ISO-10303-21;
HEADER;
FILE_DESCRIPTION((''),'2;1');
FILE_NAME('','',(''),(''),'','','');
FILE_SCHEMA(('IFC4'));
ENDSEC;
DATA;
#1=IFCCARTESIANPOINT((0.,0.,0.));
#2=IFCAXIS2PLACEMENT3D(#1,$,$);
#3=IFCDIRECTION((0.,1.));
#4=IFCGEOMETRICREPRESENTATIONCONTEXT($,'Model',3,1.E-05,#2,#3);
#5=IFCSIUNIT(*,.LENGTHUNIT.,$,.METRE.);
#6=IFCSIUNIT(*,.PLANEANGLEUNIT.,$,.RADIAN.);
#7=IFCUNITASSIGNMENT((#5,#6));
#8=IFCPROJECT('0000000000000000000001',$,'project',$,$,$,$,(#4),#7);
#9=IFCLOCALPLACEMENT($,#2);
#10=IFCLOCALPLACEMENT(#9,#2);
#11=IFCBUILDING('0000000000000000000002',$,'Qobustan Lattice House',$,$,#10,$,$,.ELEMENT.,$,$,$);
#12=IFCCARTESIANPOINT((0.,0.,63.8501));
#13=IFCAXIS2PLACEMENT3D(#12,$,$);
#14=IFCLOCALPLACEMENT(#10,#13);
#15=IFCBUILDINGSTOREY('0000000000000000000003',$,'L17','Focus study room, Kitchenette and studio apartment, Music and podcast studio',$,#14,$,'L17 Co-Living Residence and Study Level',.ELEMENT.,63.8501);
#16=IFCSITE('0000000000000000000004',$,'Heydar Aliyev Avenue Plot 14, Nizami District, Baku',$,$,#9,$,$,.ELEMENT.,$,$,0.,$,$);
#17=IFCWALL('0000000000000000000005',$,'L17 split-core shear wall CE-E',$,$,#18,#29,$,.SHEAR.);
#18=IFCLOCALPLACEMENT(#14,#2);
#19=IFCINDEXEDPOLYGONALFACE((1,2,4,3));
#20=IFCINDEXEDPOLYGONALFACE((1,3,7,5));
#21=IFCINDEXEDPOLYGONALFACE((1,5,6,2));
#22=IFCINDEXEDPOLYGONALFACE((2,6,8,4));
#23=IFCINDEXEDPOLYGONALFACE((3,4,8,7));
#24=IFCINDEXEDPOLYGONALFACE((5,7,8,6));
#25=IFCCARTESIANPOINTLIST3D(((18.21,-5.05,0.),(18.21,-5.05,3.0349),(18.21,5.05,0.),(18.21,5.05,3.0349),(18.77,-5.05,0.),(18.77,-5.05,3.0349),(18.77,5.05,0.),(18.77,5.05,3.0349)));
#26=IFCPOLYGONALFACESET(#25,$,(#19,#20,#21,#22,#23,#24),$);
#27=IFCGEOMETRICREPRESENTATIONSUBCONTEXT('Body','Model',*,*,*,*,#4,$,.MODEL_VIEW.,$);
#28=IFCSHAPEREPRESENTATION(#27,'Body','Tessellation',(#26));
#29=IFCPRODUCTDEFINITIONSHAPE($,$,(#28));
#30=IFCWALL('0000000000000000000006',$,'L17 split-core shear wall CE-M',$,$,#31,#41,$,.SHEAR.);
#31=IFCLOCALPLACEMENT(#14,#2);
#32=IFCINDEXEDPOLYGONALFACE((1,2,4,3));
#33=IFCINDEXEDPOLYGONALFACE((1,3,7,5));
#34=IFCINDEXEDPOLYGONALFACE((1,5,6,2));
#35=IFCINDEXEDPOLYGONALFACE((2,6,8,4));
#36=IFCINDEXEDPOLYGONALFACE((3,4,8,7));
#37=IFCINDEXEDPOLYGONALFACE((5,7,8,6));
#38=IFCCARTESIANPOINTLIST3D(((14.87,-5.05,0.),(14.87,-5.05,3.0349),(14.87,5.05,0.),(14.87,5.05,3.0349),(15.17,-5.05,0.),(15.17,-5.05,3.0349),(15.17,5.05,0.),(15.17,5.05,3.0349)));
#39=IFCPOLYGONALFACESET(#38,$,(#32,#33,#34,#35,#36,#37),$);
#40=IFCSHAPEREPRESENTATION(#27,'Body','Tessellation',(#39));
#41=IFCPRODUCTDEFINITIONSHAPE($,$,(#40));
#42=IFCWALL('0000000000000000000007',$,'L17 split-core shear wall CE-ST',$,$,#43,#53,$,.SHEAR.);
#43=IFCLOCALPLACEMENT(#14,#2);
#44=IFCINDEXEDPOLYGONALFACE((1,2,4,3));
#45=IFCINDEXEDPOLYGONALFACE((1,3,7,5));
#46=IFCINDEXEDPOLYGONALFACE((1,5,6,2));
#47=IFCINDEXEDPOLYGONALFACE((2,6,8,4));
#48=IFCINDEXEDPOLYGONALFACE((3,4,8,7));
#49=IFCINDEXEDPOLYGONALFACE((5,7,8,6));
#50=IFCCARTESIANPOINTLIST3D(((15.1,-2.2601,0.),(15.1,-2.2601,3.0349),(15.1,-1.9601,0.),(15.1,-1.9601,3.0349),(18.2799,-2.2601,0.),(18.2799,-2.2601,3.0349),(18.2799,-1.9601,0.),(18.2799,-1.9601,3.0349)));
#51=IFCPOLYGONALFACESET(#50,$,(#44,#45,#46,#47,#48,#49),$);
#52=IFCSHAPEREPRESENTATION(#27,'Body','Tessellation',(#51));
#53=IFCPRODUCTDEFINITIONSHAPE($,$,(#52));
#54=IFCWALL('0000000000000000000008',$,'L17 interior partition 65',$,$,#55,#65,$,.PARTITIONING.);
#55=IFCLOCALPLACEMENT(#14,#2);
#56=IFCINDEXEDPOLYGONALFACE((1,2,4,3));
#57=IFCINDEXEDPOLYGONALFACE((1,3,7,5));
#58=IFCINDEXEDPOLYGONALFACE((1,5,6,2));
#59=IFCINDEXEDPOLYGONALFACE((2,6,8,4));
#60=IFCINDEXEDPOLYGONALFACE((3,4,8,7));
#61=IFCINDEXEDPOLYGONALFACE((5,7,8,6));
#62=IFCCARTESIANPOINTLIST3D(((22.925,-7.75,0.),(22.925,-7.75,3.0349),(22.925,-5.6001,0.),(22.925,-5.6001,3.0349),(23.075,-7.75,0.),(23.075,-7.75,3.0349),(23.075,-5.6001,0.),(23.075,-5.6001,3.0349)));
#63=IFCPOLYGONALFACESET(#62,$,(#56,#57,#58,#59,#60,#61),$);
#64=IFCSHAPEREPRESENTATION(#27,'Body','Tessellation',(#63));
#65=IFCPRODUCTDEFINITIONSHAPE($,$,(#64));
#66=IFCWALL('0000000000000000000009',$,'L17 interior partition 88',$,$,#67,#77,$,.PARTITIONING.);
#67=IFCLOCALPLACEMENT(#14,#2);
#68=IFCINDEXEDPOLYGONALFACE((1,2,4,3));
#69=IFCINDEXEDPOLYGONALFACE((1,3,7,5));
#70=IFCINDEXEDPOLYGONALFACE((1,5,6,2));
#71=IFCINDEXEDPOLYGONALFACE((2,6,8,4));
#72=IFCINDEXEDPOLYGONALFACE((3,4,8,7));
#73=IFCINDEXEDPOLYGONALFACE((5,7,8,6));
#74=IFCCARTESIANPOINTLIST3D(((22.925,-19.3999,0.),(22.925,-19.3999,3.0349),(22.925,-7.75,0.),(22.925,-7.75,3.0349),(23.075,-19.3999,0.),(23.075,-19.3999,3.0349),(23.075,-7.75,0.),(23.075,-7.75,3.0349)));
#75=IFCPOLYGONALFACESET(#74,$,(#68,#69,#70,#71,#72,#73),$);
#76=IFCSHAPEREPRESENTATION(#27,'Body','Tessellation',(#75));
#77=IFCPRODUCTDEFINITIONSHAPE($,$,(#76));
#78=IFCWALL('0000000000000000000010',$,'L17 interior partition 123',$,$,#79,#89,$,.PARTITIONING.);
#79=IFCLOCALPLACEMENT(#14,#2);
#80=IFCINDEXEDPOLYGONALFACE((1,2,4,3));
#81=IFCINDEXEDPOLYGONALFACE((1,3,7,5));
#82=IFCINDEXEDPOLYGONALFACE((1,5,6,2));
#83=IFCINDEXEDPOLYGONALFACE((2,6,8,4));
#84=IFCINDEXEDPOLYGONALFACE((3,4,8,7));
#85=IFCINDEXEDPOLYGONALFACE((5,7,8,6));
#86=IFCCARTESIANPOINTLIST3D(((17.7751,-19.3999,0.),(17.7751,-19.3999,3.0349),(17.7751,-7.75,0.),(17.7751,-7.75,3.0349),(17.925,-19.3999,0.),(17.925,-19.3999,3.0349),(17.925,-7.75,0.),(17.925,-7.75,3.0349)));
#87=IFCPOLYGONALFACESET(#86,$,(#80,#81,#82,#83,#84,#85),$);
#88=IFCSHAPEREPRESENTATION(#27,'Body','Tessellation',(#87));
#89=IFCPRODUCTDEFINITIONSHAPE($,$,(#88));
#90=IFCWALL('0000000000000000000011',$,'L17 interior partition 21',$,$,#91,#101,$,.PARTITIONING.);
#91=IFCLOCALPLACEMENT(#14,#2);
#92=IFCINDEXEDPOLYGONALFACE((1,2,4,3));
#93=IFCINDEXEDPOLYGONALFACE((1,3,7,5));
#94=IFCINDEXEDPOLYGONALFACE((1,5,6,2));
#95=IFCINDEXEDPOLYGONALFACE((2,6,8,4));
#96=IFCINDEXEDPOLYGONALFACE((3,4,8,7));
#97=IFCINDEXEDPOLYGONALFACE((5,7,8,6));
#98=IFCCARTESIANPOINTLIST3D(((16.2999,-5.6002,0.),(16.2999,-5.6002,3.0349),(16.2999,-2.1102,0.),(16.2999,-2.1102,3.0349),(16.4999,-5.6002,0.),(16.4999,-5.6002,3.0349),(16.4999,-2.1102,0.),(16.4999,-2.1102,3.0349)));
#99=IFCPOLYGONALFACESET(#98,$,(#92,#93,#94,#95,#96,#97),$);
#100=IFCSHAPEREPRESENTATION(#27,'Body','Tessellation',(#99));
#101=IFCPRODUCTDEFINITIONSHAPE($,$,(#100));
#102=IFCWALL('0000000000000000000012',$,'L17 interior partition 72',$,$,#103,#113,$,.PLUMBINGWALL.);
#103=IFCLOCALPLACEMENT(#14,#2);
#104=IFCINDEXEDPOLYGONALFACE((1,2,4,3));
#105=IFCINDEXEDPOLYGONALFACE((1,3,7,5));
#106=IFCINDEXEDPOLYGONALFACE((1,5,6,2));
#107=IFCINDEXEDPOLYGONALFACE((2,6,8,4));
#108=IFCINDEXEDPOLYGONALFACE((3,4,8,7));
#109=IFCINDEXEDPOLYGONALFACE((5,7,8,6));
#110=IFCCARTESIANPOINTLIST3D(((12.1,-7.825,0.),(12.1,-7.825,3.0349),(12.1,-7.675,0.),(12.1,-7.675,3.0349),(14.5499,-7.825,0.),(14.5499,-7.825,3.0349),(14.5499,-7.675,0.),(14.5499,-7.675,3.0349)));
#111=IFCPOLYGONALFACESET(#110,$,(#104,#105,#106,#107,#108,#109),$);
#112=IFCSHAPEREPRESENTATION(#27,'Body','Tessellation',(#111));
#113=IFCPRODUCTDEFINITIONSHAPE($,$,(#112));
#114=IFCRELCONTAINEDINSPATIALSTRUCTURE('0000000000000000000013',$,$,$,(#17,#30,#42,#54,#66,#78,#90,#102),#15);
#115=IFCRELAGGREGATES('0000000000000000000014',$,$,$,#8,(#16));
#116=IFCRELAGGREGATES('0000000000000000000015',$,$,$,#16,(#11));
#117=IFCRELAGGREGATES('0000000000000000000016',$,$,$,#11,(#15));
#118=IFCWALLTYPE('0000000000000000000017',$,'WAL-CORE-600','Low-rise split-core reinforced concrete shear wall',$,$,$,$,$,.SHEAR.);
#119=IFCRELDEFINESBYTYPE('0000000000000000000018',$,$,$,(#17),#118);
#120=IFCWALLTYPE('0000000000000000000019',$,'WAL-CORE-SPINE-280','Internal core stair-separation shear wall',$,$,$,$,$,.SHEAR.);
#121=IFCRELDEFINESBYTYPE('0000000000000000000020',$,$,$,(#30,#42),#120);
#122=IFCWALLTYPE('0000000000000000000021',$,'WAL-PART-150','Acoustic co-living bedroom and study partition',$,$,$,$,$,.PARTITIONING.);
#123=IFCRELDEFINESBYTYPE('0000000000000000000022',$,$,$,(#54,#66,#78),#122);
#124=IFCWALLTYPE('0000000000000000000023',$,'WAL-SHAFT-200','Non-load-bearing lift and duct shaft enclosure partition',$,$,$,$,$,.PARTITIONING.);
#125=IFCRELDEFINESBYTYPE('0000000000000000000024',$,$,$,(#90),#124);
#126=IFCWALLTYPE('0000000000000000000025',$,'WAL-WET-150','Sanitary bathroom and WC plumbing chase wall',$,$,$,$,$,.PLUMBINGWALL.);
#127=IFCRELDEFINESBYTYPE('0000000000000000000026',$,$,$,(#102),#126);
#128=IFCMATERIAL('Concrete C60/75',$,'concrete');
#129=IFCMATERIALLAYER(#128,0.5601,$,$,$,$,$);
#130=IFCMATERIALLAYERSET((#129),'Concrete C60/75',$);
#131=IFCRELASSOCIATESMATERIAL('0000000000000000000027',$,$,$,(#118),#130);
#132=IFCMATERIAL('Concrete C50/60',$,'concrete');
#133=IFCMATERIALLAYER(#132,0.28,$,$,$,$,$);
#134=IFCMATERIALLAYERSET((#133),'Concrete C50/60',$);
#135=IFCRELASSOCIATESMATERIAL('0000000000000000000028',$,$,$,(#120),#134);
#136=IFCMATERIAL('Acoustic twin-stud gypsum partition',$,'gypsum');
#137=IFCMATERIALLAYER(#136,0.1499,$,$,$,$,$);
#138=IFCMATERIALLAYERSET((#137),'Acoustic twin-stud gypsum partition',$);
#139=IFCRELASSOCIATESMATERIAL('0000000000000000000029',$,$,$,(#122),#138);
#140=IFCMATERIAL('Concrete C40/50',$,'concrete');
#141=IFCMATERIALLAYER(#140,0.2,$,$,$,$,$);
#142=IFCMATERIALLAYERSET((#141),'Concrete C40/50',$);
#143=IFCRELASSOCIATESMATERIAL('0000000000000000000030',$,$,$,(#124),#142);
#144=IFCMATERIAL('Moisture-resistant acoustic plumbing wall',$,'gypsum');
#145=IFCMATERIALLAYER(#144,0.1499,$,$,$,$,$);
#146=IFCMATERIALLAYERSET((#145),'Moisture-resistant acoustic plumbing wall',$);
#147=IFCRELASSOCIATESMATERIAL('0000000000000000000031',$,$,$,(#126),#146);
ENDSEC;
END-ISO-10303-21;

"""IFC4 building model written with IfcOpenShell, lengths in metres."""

from ifc_helpers import new_model, si_unit, direction, frame, frame_2d, origin, place, context, subcontext, project, spatial, rectangle, extrude, material, layer, layer_set, type_object, element, save


model = new_model("IFC4")

# Units and contexts
model_context = context("Model", 3, precision=1e-05, world=origin(), true_north=direction((0.0, 1.0)))
body_context = subcontext(model_context, "Body", "Model", "MODEL_VIEW")
ifc_project = project(units=[si_unit("LENGTHUNIT", "METRE"), si_unit("PLANEANGLEUNIT", "RADIAN")], contexts=[model_context])

# Site, building, storey
site_placement = place(None, origin())
site = spatial("IfcSite", under=ifc_project, at=site_placement, Name="Heydar Aliyev Avenue Plot 14, Nizami District, Baku", CompositionType="ELEMENT", RefElevation=0.0)
building_placement = place(site_placement, origin())
building = spatial("IfcBuilding", under=site, at=building_placement, Name="Qobustan Lattice House", CompositionType="ELEMENT")
storey_placement = place(building_placement, frame((0.0, 0.0, 63.8501)))
storey = spatial("IfcBuildingStorey", under=building, at=storey_placement, Name="L17", Description="Focus study room, Kitchenette and studio apartment, Music and podcast studio", LongName="L17 Co-Living Residence and Study Level", CompositionType="ELEMENT", Elevation=63.8501)

# Walls
ifc_material_1 = material(Name="Concrete C60/75", Category="concrete")
ifc_layer_1 = layer(ifc_material_1, 0.5601)
ifc_layer_set_1 = layer_set([ifc_layer_1], Name="Concrete C60/75")
wall_type_1 = type_object("IfcWallType", Name="WAL-CORE-600", Description="Low-rise split-core reinforced concrete shear wall", PredefinedType="SHEAR", material=ifc_layer_set_1)
wall_1_placement = place(storey_placement, frame((18.49, -5.05, 0.0), z_axis=(0.0, 0.0, 1.0), x_axis=(0.0, 1.0, 0.0)))
element("IfcWall", 1, at=wall_1_placement, inside=storey, type_object=wall_type_1, Name="L17 split-core shear wall CE-E", PredefinedType="SHEAR", context=body_context, shape_type="SweptSolid", body=[
    extrude(rectangle(XDim=10.1001, YDim=0.5601, at=frame_2d((5.05, 0.0))), origin(), (0.0, 0.0, 1.0), 3.0349),
])
ifc_material_2 = material(Name="Concrete C50/60", Category="concrete")
ifc_layer_2 = layer(ifc_material_2, 0.28)
ifc_layer_set_2 = layer_set([ifc_layer_2], Name="Concrete C50/60")
wall_type_2 = type_object("IfcWallType", Name="WAL-CORE-SPINE-280", Description="Internal core stair-separation shear wall", PredefinedType="SHEAR", material=ifc_layer_set_2)
wall_2_placement = place(storey_placement, frame((15.02, -5.05, 0.0), z_axis=(0.0, 0.0, 1.0), x_axis=(0.0, 1.0, 0.0)))
element("IfcWall", 2, at=wall_2_placement, inside=storey, type_object=wall_type_2, Name="L17 split-core shear wall CE-M", PredefinedType="SHEAR", context=body_context, shape_type="SweptSolid", body=[
    extrude(rectangle(XDim=10.1001, YDim=0.3, at=frame_2d((5.05, 0.0))), origin(), (0.0, 0.0, 1.0), 3.0349),
])
wall_3_placement = place(storey_placement, frame((15.1001, -2.1101, 0.0), z_axis=(0.0, 0.0, 1.0), x_axis=(1.0, 0.0, 0.0)))
element("IfcWall", 3, at=wall_3_placement, inside=storey, type_object=wall_type_2, Name="L17 split-core shear wall CE-ST", PredefinedType="SHEAR", context=body_context, shape_type="SweptSolid", body=[
    extrude(rectangle(XDim=3.1799, YDim=0.3, at=frame_2d((1.5898, 0.0))), origin(), (0.0, 0.0, 1.0), 3.0349),
])

# Shared definitions
ifc_material_3 = material(Name="Acoustic twin-stud gypsum partition", Category="gypsum")
ifc_layer_3 = layer(ifc_material_3, 0.1499)
ifc_layer_set_3 = layer_set([ifc_layer_3], Name="Acoustic twin-stud gypsum partition")
wall_type_3 = type_object("IfcWallType", Name="WAL-PART-150", Description="Acoustic co-living bedroom and study partition", PredefinedType="PARTITIONING", material=ifc_layer_set_3)

# Wall
wall_4_placement = place(storey_placement, frame((23.0, -5.6001, 0.0), z_axis=(0.0, 0.0, 1.0), x_axis=(0.0, -1.0, 0.0)))
element("IfcWall", 4, at=wall_4_placement, inside=storey, type_object=wall_type_3, Name="L17 interior partition 65", PredefinedType="PARTITIONING", context=body_context, shape_type="SweptSolid", body=[
    extrude(rectangle(XDim=2.1499, YDim=0.1499, at=frame_2d((1.075, 0.0))), origin(), (0.0, 0.0, 1.0), 3.0349),
])

# Walls
for number, where, z_axis, x_axis, name in (
    (5, (23.0, -19.3999, 0.0), (0.0, 0.0, 1.0), (0.0, 1.0, 0.0), "L17 interior partition 88"),
    (6, (17.8501, -7.75, 0.0), (0.0, 0.0, 1.0), (0.0, -1.0, 0.0), "L17 interior partition 123"),
):
    element("IfcWall", number, at=place(storey_placement, frame(where, z_axis=z_axis, x_axis=x_axis)), inside=storey, type_object=wall_type_3, Name=name, PredefinedType="PARTITIONING", context=body_context, shape_type="SweptSolid", body=[
        extrude(rectangle(XDim=11.6499, YDim=0.1499, at=frame_2d((5.825, 0.0))), origin(), (0.0, 0.0, 1.0), 3.0349),
    ])
ifc_material_4 = material(Name="Concrete C40/50", Category="concrete")
ifc_layer_4 = layer(ifc_material_4, 0.2)
ifc_layer_set_4 = layer_set([ifc_layer_4], Name="Concrete C40/50")
wall_type_4 = type_object("IfcWallType", Name="WAL-SHAFT-200", Description="Non-load-bearing lift and duct shaft enclosure partition", PredefinedType="PARTITIONING", material=ifc_layer_set_4)
wall_5_placement = place(storey_placement, frame((16.3999, -2.1101, 0.0), z_axis=(0.0, 0.0, 1.0), x_axis=(0.0, -1.0, 0.0)))
element("IfcWall", 7, at=wall_5_placement, inside=storey, type_object=wall_type_4, Name="L17 interior partition 21", PredefinedType="PARTITIONING", context=body_context, shape_type="SweptSolid", body=[
    extrude(rectangle(XDim=3.49, YDim=0.2, at=frame_2d((1.7451, 0.0))), origin(), (0.0, 0.0, 1.0), 3.0349),
])
ifc_material_5 = material(Name="Moisture-resistant acoustic plumbing wall", Category="gypsum")
ifc_layer_5 = layer(ifc_material_5, 0.1499)
ifc_layer_set_5 = layer_set([ifc_layer_5], Name="Moisture-resistant acoustic plumbing wall")
wall_type_5 = type_object("IfcWallType", Name="WAL-WET-150", Description="Sanitary bathroom and WC plumbing chase wall", PredefinedType="PLUMBINGWALL", material=ifc_layer_set_5)
wall_6_placement = place(storey_placement, frame((14.55, -7.75, 0.0), z_axis=(0.0, 0.0, 1.0), x_axis=(-1.0, 0.0, 0.0)))
element("IfcWall", 8, at=wall_6_placement, inside=storey, type_object=wall_type_5, Name="L17 interior partition 72", PredefinedType="PLUMBINGWALL", context=body_context, shape_type="SweptSolid", body=[
    extrude(rectangle(XDim=2.45, YDim=0.1499, at=frame_2d((1.2251, 0.0))), origin(), (0.0, 0.0, 1.0), 3.0349),
])

save(model, "model.ifc")
